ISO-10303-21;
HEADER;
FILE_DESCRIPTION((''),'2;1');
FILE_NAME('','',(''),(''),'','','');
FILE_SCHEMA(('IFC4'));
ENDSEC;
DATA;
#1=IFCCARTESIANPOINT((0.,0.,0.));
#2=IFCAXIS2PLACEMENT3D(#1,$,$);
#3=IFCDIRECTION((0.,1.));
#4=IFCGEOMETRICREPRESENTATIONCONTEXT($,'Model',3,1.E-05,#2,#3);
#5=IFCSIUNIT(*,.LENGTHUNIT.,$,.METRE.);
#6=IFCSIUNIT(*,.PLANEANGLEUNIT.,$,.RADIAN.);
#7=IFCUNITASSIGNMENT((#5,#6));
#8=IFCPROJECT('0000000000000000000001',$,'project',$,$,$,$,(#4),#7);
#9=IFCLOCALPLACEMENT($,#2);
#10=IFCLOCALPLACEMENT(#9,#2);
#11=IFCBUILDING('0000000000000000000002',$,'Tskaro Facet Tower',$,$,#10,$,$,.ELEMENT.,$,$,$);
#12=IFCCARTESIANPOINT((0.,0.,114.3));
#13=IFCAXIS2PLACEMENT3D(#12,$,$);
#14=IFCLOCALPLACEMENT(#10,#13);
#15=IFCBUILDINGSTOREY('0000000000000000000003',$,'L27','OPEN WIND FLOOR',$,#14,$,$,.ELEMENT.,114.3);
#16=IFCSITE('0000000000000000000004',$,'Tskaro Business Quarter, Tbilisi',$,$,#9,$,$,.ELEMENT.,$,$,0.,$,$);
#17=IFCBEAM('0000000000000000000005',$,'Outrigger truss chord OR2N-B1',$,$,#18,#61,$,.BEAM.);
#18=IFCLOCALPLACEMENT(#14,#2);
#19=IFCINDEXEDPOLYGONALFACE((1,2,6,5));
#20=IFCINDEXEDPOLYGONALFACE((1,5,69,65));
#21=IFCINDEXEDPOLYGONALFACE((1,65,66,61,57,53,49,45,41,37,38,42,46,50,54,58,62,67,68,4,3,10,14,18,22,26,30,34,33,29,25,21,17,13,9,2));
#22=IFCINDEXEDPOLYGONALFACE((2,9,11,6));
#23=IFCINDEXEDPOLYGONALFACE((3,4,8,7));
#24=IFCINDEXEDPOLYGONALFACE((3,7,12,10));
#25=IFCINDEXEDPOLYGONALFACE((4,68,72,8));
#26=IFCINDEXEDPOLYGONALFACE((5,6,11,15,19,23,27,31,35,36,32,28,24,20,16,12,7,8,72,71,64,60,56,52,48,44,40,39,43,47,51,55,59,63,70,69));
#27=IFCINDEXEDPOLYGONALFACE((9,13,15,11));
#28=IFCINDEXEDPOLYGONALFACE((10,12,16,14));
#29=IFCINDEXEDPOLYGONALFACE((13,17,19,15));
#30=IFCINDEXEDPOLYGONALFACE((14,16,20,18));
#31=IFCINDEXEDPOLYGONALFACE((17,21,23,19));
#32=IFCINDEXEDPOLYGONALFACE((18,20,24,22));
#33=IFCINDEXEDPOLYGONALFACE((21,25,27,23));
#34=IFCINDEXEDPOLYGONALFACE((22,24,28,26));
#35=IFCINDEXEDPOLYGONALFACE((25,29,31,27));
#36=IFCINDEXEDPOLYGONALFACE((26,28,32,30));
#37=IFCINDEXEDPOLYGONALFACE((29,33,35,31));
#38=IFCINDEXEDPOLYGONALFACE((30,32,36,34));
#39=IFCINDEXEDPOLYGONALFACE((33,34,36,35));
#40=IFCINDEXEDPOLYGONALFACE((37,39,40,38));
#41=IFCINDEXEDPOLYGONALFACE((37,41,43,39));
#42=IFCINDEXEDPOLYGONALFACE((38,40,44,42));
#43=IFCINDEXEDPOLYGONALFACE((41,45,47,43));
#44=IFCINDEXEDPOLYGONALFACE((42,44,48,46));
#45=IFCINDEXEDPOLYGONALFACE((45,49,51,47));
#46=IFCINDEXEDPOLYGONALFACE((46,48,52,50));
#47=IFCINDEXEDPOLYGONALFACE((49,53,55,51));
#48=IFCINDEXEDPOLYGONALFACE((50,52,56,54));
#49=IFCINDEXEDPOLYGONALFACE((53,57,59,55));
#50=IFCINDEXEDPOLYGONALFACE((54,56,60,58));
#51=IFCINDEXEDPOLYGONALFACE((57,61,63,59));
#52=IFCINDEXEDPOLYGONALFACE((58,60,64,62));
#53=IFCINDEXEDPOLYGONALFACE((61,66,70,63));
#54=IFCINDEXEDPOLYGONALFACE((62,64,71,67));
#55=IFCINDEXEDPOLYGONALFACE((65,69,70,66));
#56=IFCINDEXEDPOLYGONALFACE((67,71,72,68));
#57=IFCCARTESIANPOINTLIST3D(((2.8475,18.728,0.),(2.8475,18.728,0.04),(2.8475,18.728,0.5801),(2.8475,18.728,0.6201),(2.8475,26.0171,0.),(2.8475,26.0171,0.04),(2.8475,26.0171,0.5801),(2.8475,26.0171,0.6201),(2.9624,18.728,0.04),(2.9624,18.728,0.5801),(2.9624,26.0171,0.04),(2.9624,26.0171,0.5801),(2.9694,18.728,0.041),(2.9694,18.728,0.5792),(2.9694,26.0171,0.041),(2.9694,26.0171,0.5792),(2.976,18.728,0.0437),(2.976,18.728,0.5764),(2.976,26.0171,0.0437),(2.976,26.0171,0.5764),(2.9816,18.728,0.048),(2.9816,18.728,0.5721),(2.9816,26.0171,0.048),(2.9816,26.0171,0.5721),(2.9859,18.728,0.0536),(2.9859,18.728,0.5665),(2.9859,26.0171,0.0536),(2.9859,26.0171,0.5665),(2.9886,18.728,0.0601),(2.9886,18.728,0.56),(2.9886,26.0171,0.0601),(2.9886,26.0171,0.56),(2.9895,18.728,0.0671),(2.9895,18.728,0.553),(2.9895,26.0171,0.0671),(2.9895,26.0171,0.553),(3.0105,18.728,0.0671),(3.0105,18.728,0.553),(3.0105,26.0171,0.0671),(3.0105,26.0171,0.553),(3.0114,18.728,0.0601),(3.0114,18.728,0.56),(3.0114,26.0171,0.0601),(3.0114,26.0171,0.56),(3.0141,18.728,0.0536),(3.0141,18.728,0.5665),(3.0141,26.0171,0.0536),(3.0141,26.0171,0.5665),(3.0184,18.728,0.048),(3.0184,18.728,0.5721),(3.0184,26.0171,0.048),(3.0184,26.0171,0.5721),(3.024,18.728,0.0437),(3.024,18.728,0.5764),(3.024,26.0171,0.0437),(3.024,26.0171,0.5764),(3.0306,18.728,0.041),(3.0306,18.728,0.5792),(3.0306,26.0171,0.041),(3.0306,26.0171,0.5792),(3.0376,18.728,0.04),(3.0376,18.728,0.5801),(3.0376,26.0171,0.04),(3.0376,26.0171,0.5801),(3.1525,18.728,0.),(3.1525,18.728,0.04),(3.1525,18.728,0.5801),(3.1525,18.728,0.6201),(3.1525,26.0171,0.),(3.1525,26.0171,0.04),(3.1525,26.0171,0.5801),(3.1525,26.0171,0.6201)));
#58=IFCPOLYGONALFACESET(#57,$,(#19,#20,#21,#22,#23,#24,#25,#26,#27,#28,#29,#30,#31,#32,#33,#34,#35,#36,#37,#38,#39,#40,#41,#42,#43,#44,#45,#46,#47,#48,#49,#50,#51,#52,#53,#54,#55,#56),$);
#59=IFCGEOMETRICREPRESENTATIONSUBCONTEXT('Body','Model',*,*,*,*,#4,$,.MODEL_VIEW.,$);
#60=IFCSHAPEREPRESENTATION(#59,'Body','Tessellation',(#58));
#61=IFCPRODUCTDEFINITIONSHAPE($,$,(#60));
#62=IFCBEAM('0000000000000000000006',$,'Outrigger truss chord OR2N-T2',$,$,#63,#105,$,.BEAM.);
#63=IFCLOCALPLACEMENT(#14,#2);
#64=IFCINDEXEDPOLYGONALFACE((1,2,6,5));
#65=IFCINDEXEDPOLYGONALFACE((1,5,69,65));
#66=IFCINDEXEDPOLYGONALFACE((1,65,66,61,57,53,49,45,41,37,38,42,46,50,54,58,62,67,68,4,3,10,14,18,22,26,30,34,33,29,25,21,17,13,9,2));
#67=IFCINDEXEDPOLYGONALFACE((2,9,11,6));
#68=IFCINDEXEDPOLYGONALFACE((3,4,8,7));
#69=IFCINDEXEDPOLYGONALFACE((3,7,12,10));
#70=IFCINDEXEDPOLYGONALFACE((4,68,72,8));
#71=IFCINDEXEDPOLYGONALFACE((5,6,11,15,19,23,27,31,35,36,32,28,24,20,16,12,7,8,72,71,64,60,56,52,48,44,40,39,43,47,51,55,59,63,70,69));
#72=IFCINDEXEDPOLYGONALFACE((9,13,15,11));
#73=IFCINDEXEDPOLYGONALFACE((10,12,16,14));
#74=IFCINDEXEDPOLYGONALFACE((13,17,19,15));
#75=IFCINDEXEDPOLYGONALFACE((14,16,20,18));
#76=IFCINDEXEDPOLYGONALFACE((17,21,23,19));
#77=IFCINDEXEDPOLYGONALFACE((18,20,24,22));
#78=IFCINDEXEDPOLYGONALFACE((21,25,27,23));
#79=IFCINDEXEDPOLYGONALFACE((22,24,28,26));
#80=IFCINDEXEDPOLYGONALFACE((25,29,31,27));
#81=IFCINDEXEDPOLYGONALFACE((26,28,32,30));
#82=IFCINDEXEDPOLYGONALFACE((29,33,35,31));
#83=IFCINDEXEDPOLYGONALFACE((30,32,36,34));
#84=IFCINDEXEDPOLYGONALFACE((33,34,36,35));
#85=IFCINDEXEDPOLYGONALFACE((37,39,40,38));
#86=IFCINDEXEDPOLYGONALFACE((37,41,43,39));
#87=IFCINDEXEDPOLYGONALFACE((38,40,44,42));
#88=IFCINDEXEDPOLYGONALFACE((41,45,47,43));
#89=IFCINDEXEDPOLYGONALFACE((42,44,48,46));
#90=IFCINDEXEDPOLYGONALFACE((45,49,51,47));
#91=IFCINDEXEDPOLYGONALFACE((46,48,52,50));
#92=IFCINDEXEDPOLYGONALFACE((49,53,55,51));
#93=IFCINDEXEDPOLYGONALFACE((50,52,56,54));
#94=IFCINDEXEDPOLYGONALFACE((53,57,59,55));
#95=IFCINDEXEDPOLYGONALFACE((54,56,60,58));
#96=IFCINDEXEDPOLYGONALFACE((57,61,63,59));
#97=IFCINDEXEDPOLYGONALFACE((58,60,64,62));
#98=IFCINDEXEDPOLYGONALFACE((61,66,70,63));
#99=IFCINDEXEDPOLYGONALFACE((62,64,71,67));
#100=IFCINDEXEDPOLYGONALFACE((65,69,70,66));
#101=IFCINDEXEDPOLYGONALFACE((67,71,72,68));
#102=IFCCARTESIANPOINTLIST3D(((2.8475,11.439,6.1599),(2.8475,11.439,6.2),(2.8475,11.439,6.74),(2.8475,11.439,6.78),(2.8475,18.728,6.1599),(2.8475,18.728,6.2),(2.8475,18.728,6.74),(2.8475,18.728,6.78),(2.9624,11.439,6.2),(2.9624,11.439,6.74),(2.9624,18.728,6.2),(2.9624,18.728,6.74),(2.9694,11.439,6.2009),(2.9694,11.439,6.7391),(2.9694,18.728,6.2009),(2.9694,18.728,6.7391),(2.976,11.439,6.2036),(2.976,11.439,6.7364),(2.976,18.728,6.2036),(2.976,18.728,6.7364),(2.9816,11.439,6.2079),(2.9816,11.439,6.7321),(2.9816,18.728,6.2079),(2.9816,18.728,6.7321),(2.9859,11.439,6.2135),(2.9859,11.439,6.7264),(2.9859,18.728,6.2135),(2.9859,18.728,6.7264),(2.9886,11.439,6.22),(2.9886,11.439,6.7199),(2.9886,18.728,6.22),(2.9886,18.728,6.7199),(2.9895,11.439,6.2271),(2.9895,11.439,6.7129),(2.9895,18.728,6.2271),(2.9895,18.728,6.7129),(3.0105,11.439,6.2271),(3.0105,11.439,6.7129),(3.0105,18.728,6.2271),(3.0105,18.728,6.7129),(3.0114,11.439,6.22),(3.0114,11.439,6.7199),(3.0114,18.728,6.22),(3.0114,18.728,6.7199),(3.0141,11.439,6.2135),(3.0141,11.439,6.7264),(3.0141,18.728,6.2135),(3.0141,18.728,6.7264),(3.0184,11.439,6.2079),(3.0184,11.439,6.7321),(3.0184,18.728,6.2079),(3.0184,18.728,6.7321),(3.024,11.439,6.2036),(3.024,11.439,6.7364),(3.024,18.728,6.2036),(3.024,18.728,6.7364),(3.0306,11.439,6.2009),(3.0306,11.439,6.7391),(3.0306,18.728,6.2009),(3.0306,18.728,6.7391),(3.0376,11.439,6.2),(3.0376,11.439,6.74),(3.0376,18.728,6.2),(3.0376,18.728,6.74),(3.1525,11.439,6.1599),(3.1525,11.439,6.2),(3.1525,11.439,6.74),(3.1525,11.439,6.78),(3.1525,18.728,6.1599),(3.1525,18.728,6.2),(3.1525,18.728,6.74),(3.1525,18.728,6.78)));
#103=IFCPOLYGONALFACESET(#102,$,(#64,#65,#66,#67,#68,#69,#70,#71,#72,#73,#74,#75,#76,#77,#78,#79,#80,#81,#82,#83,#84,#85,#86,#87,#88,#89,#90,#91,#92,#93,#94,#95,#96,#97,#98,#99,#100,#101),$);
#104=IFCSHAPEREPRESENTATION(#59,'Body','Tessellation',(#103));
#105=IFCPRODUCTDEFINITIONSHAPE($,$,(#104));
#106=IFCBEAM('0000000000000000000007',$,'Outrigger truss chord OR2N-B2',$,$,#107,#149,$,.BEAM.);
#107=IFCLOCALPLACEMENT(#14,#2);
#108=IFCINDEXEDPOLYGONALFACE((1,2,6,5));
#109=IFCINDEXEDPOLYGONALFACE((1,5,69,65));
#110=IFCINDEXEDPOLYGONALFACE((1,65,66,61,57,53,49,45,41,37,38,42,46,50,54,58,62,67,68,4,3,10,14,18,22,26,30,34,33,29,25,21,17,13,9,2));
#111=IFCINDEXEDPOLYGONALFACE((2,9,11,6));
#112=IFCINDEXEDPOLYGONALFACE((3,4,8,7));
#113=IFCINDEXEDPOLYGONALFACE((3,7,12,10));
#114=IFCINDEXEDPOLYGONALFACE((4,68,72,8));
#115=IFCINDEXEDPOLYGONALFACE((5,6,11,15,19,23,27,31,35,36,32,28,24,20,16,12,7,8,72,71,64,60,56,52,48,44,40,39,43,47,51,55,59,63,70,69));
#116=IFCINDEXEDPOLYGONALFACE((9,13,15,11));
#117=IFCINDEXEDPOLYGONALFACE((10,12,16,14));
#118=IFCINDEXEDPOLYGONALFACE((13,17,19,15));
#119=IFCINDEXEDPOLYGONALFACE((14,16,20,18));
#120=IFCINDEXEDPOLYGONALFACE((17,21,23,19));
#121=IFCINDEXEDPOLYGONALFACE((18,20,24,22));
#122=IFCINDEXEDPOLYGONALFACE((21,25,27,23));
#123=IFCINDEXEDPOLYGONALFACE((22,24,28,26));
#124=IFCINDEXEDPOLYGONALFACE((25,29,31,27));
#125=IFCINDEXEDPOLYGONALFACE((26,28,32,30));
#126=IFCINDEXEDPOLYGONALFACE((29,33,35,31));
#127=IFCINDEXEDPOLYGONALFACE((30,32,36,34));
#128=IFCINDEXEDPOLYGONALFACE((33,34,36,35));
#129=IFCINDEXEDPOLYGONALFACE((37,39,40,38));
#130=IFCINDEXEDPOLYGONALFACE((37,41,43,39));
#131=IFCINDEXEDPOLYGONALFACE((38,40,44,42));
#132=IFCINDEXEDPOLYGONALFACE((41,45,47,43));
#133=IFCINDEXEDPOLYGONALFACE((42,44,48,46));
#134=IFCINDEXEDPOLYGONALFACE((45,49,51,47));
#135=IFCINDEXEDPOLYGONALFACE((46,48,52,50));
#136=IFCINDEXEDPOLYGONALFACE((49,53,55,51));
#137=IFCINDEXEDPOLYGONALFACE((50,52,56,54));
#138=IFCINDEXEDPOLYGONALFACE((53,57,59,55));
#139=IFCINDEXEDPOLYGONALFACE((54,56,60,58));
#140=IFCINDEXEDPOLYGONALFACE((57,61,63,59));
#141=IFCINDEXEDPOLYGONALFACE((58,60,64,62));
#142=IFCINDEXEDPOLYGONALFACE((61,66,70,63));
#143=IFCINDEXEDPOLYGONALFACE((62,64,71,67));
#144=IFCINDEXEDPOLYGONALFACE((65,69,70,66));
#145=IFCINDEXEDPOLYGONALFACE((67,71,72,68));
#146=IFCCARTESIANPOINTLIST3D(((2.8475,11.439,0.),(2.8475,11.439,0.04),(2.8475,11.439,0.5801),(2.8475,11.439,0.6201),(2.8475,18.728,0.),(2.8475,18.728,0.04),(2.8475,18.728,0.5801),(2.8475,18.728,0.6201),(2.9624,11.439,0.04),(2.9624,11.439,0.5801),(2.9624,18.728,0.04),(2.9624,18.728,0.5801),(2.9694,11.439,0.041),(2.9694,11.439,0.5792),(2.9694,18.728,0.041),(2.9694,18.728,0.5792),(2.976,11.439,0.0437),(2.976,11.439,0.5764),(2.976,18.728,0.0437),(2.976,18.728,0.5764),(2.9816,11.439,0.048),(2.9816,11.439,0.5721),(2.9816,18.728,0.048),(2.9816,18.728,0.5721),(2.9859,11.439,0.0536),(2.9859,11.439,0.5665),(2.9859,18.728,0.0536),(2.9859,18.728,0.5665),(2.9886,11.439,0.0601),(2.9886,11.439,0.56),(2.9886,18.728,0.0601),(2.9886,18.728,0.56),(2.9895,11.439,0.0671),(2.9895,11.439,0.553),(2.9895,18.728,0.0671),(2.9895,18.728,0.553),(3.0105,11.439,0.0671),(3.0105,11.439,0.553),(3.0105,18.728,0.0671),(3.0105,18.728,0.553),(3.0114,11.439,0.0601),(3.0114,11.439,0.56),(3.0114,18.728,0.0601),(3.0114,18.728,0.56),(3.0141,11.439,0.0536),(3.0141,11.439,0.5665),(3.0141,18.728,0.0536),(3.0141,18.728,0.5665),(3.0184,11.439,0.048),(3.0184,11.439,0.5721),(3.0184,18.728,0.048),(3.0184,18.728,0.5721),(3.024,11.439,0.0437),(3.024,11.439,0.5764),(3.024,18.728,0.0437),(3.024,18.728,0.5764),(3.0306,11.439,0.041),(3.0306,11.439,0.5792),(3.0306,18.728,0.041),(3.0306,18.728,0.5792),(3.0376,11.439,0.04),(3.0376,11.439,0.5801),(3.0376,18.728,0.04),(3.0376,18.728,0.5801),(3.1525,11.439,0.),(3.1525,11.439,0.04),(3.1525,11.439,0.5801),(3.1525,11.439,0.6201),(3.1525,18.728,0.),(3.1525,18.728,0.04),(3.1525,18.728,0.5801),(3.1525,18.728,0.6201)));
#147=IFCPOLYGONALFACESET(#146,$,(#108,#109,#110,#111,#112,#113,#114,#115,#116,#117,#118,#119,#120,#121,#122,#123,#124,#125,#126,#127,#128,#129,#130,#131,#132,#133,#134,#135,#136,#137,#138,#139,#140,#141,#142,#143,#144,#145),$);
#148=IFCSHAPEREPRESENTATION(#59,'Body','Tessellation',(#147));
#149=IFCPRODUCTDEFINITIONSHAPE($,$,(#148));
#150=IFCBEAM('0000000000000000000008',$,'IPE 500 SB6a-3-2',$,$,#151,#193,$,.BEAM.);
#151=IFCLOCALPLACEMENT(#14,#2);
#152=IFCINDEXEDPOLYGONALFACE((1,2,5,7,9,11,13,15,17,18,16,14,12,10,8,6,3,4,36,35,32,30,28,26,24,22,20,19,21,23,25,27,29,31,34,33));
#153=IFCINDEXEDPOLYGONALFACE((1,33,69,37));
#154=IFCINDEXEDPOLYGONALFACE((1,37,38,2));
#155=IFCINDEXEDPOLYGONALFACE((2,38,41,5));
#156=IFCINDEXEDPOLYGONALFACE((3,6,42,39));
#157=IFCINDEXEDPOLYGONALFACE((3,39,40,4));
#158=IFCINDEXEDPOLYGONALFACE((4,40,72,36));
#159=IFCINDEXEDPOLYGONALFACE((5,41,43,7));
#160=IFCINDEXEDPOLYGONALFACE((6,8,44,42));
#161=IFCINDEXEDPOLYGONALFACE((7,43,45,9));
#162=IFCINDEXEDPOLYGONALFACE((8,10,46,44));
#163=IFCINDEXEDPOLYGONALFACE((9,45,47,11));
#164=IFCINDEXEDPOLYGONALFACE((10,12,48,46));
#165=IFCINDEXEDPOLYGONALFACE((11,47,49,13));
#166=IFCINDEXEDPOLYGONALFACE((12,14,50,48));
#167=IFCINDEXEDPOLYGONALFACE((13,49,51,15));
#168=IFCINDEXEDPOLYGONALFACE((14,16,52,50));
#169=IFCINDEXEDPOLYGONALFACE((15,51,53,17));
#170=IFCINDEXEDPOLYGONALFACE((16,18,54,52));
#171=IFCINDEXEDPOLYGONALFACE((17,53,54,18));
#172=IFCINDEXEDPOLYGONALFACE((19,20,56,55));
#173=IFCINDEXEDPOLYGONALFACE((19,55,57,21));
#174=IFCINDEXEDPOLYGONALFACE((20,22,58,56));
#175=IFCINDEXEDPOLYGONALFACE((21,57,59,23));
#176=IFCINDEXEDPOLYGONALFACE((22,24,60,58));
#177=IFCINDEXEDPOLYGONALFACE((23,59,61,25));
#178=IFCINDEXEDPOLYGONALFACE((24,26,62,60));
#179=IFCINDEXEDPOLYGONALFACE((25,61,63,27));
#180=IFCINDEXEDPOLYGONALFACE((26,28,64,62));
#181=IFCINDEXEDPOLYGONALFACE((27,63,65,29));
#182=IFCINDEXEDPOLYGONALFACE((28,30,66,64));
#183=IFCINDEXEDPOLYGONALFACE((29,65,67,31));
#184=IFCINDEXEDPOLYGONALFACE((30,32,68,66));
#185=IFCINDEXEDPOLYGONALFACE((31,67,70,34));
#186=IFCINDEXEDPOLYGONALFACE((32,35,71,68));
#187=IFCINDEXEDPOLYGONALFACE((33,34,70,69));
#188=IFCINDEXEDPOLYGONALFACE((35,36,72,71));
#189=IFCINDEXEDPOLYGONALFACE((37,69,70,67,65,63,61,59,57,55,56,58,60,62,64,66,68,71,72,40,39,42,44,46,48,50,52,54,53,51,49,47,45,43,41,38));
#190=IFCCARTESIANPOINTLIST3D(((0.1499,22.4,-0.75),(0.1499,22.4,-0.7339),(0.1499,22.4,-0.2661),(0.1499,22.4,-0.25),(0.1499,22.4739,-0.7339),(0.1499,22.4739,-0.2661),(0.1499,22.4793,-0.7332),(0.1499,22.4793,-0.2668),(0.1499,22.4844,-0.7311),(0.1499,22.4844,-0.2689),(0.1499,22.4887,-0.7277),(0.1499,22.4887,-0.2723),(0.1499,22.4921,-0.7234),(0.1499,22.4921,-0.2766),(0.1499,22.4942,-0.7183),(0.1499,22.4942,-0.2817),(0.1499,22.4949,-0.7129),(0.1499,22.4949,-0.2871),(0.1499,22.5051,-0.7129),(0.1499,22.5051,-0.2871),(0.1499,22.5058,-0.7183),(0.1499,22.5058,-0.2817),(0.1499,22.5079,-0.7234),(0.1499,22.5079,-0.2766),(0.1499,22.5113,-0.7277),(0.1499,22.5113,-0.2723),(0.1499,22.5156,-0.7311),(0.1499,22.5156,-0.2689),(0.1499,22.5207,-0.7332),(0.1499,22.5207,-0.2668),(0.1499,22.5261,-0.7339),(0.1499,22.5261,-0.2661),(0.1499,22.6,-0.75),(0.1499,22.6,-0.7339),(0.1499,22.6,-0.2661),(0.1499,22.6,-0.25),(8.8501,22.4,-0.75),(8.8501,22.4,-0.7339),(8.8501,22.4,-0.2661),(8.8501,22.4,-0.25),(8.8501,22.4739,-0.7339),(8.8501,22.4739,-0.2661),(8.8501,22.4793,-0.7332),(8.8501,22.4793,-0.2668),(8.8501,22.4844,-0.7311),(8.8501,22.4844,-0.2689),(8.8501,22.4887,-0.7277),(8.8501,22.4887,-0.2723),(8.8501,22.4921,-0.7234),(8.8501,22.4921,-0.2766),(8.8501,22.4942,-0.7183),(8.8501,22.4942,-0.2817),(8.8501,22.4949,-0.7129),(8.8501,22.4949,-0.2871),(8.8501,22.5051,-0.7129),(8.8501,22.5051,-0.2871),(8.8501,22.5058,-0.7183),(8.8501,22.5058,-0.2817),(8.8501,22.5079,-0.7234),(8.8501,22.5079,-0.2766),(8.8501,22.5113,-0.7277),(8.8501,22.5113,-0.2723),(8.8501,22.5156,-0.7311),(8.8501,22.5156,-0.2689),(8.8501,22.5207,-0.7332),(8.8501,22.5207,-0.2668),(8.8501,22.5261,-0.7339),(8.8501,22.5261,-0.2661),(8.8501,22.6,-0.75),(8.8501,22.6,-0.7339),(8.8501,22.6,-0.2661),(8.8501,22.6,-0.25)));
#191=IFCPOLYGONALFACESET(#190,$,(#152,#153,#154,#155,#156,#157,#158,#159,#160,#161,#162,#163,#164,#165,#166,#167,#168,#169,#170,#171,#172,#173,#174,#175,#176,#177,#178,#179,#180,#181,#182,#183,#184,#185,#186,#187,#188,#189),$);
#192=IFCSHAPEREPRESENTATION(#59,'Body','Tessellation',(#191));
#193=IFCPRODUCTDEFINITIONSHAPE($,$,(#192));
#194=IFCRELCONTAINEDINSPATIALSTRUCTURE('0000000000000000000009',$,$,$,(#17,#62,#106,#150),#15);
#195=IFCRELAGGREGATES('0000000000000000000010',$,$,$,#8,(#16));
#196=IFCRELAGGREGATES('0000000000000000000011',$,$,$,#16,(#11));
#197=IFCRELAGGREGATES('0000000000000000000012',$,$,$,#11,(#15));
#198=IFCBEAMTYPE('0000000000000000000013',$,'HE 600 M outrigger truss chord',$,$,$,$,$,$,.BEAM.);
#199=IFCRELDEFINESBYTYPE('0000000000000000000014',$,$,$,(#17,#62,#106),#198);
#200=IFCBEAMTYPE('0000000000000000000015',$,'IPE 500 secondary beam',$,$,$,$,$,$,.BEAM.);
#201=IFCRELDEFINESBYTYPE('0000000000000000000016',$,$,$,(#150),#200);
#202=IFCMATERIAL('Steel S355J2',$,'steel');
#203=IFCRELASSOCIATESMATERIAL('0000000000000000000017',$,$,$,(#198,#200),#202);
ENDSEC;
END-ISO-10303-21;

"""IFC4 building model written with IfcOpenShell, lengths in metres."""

from ifc_helpers import new_model, si_unit, direction, frame, origin, origin_2d, place, context, subcontext, project, spatial, i_section, extrude, material, material_profile, profile_set, type_object, element, save


model = new_model("IFC4")

# Units and contexts
model_context = context("Model", 3, precision=1e-05, world=origin(), true_north=direction((0.0, 1.0)))
body_context = subcontext(model_context, "Body", "Model", "MODEL_VIEW")
ifc_project = project(units=[si_unit("LENGTHUNIT", "METRE"), si_unit("PLANEANGLEUNIT", "RADIAN")], contexts=[model_context])

# Site, building, storey
site_placement = place(None, origin())
site = spatial("IfcSite", under=ifc_project, at=site_placement, Name="Tskaro Business Quarter, Tbilisi", CompositionType="ELEMENT", RefElevation=0.0)
building_placement = place(site_placement, origin())
building = spatial("IfcBuilding", under=site, at=building_placement, Name="Tskaro Facet Tower", CompositionType="ELEMENT")
storey_placement = place(building_placement, frame((0.0, 0.0, 114.3)))
storey = spatial("IfcBuildingStorey", under=building, at=storey_placement, Name="L27", Description="OPEN WIND FLOOR", CompositionType="ELEMENT", Elevation=114.3)

# Shared definitions
ifc_material_1 = material(Name="Steel S355J2", Category="steel")

# Beams
ifc_material_profile_1 = material_profile(ifc_material_1, i_section(OverallWidth=0.3049, OverallDepth=0.6201, WebThickness=0.021, FlangeThickness=0.04, FilletRadius=0.0271, at=origin_2d()), Name="HE 600 M")
ifc_profile_set_1 = profile_set([ifc_material_profile_1], Name="Steel S355J2")
beam_type_1 = type_object("IfcBeamType", Name="HE 600 M outrigger truss chord", PredefinedType="BEAM", material=ifc_profile_set_1)
for number, where, z_axis, x_axis, name in (
    (1, (3.0, 26.0171, 0.3101), (0.0, -1.0, 0.0), (1.0, 0.0, 0.0), "Outrigger truss chord OR2N-B1"),
    (2, (3.0, 18.728, 6.47), (0.0, -1.0, 0.0), (1.0, 0.0, 0.0), "Outrigger truss chord OR2N-T2"),
    (3, (3.0, 18.728, 0.3101), (0.0, -1.0, 0.0), (1.0, 0.0, 0.0), "Outrigger truss chord OR2N-B2"),
):
    element("IfcBeam", number, at=place(storey_placement, frame(where, z_axis=z_axis, x_axis=x_axis)), inside=storey, type_object=beam_type_1, Name=name, PredefinedType="BEAM", context=body_context, shape_type="SweptSolid", body=[
        extrude(i_section(OverallWidth=0.3049, OverallDepth=0.6201, WebThickness=0.021, FlangeThickness=0.04, FilletRadius=0.0271, at=origin_2d()), origin(), (0.0, 0.0, 1.0), 7.2891),
    ])
ifc_material_profile_2 = material_profile(ifc_material_1, i_section(OverallWidth=0.2, OverallDepth=0.5, WebThickness=0.0103, FlangeThickness=0.0161, FilletRadius=0.021, at=origin_2d()), Name="IPE 500")
ifc_profile_set_2 = profile_set([ifc_material_profile_2], Name="Steel S355J2")
beam_type_2 = type_object("IfcBeamType", Name="IPE 500 secondary beam", PredefinedType="BEAM", material=ifc_profile_set_2)
for number, where, z_axis, x_axis, name in (
    (4, (0.1499, 22.5, -0.5), (1.0, 0.0, 0.0), (0.0, 1.0, 0.0), "IPE 500 SB6a-3-2"),
):
    element("IfcBeam", number, at=place(storey_placement, frame(where, z_axis=z_axis, x_axis=x_axis)), inside=storey, type_object=beam_type_2, Name=name, PredefinedType="BEAM", context=body_context, shape_type="SweptSolid", body=[
        extrude(i_section(OverallWidth=0.2, OverallDepth=0.5, WebThickness=0.0103, FlangeThickness=0.0161, FilletRadius=0.021, at=origin_2d()), origin(), (0.0, 0.0, 1.0), 8.7002),
    ])

save(model, "model.ifc")
